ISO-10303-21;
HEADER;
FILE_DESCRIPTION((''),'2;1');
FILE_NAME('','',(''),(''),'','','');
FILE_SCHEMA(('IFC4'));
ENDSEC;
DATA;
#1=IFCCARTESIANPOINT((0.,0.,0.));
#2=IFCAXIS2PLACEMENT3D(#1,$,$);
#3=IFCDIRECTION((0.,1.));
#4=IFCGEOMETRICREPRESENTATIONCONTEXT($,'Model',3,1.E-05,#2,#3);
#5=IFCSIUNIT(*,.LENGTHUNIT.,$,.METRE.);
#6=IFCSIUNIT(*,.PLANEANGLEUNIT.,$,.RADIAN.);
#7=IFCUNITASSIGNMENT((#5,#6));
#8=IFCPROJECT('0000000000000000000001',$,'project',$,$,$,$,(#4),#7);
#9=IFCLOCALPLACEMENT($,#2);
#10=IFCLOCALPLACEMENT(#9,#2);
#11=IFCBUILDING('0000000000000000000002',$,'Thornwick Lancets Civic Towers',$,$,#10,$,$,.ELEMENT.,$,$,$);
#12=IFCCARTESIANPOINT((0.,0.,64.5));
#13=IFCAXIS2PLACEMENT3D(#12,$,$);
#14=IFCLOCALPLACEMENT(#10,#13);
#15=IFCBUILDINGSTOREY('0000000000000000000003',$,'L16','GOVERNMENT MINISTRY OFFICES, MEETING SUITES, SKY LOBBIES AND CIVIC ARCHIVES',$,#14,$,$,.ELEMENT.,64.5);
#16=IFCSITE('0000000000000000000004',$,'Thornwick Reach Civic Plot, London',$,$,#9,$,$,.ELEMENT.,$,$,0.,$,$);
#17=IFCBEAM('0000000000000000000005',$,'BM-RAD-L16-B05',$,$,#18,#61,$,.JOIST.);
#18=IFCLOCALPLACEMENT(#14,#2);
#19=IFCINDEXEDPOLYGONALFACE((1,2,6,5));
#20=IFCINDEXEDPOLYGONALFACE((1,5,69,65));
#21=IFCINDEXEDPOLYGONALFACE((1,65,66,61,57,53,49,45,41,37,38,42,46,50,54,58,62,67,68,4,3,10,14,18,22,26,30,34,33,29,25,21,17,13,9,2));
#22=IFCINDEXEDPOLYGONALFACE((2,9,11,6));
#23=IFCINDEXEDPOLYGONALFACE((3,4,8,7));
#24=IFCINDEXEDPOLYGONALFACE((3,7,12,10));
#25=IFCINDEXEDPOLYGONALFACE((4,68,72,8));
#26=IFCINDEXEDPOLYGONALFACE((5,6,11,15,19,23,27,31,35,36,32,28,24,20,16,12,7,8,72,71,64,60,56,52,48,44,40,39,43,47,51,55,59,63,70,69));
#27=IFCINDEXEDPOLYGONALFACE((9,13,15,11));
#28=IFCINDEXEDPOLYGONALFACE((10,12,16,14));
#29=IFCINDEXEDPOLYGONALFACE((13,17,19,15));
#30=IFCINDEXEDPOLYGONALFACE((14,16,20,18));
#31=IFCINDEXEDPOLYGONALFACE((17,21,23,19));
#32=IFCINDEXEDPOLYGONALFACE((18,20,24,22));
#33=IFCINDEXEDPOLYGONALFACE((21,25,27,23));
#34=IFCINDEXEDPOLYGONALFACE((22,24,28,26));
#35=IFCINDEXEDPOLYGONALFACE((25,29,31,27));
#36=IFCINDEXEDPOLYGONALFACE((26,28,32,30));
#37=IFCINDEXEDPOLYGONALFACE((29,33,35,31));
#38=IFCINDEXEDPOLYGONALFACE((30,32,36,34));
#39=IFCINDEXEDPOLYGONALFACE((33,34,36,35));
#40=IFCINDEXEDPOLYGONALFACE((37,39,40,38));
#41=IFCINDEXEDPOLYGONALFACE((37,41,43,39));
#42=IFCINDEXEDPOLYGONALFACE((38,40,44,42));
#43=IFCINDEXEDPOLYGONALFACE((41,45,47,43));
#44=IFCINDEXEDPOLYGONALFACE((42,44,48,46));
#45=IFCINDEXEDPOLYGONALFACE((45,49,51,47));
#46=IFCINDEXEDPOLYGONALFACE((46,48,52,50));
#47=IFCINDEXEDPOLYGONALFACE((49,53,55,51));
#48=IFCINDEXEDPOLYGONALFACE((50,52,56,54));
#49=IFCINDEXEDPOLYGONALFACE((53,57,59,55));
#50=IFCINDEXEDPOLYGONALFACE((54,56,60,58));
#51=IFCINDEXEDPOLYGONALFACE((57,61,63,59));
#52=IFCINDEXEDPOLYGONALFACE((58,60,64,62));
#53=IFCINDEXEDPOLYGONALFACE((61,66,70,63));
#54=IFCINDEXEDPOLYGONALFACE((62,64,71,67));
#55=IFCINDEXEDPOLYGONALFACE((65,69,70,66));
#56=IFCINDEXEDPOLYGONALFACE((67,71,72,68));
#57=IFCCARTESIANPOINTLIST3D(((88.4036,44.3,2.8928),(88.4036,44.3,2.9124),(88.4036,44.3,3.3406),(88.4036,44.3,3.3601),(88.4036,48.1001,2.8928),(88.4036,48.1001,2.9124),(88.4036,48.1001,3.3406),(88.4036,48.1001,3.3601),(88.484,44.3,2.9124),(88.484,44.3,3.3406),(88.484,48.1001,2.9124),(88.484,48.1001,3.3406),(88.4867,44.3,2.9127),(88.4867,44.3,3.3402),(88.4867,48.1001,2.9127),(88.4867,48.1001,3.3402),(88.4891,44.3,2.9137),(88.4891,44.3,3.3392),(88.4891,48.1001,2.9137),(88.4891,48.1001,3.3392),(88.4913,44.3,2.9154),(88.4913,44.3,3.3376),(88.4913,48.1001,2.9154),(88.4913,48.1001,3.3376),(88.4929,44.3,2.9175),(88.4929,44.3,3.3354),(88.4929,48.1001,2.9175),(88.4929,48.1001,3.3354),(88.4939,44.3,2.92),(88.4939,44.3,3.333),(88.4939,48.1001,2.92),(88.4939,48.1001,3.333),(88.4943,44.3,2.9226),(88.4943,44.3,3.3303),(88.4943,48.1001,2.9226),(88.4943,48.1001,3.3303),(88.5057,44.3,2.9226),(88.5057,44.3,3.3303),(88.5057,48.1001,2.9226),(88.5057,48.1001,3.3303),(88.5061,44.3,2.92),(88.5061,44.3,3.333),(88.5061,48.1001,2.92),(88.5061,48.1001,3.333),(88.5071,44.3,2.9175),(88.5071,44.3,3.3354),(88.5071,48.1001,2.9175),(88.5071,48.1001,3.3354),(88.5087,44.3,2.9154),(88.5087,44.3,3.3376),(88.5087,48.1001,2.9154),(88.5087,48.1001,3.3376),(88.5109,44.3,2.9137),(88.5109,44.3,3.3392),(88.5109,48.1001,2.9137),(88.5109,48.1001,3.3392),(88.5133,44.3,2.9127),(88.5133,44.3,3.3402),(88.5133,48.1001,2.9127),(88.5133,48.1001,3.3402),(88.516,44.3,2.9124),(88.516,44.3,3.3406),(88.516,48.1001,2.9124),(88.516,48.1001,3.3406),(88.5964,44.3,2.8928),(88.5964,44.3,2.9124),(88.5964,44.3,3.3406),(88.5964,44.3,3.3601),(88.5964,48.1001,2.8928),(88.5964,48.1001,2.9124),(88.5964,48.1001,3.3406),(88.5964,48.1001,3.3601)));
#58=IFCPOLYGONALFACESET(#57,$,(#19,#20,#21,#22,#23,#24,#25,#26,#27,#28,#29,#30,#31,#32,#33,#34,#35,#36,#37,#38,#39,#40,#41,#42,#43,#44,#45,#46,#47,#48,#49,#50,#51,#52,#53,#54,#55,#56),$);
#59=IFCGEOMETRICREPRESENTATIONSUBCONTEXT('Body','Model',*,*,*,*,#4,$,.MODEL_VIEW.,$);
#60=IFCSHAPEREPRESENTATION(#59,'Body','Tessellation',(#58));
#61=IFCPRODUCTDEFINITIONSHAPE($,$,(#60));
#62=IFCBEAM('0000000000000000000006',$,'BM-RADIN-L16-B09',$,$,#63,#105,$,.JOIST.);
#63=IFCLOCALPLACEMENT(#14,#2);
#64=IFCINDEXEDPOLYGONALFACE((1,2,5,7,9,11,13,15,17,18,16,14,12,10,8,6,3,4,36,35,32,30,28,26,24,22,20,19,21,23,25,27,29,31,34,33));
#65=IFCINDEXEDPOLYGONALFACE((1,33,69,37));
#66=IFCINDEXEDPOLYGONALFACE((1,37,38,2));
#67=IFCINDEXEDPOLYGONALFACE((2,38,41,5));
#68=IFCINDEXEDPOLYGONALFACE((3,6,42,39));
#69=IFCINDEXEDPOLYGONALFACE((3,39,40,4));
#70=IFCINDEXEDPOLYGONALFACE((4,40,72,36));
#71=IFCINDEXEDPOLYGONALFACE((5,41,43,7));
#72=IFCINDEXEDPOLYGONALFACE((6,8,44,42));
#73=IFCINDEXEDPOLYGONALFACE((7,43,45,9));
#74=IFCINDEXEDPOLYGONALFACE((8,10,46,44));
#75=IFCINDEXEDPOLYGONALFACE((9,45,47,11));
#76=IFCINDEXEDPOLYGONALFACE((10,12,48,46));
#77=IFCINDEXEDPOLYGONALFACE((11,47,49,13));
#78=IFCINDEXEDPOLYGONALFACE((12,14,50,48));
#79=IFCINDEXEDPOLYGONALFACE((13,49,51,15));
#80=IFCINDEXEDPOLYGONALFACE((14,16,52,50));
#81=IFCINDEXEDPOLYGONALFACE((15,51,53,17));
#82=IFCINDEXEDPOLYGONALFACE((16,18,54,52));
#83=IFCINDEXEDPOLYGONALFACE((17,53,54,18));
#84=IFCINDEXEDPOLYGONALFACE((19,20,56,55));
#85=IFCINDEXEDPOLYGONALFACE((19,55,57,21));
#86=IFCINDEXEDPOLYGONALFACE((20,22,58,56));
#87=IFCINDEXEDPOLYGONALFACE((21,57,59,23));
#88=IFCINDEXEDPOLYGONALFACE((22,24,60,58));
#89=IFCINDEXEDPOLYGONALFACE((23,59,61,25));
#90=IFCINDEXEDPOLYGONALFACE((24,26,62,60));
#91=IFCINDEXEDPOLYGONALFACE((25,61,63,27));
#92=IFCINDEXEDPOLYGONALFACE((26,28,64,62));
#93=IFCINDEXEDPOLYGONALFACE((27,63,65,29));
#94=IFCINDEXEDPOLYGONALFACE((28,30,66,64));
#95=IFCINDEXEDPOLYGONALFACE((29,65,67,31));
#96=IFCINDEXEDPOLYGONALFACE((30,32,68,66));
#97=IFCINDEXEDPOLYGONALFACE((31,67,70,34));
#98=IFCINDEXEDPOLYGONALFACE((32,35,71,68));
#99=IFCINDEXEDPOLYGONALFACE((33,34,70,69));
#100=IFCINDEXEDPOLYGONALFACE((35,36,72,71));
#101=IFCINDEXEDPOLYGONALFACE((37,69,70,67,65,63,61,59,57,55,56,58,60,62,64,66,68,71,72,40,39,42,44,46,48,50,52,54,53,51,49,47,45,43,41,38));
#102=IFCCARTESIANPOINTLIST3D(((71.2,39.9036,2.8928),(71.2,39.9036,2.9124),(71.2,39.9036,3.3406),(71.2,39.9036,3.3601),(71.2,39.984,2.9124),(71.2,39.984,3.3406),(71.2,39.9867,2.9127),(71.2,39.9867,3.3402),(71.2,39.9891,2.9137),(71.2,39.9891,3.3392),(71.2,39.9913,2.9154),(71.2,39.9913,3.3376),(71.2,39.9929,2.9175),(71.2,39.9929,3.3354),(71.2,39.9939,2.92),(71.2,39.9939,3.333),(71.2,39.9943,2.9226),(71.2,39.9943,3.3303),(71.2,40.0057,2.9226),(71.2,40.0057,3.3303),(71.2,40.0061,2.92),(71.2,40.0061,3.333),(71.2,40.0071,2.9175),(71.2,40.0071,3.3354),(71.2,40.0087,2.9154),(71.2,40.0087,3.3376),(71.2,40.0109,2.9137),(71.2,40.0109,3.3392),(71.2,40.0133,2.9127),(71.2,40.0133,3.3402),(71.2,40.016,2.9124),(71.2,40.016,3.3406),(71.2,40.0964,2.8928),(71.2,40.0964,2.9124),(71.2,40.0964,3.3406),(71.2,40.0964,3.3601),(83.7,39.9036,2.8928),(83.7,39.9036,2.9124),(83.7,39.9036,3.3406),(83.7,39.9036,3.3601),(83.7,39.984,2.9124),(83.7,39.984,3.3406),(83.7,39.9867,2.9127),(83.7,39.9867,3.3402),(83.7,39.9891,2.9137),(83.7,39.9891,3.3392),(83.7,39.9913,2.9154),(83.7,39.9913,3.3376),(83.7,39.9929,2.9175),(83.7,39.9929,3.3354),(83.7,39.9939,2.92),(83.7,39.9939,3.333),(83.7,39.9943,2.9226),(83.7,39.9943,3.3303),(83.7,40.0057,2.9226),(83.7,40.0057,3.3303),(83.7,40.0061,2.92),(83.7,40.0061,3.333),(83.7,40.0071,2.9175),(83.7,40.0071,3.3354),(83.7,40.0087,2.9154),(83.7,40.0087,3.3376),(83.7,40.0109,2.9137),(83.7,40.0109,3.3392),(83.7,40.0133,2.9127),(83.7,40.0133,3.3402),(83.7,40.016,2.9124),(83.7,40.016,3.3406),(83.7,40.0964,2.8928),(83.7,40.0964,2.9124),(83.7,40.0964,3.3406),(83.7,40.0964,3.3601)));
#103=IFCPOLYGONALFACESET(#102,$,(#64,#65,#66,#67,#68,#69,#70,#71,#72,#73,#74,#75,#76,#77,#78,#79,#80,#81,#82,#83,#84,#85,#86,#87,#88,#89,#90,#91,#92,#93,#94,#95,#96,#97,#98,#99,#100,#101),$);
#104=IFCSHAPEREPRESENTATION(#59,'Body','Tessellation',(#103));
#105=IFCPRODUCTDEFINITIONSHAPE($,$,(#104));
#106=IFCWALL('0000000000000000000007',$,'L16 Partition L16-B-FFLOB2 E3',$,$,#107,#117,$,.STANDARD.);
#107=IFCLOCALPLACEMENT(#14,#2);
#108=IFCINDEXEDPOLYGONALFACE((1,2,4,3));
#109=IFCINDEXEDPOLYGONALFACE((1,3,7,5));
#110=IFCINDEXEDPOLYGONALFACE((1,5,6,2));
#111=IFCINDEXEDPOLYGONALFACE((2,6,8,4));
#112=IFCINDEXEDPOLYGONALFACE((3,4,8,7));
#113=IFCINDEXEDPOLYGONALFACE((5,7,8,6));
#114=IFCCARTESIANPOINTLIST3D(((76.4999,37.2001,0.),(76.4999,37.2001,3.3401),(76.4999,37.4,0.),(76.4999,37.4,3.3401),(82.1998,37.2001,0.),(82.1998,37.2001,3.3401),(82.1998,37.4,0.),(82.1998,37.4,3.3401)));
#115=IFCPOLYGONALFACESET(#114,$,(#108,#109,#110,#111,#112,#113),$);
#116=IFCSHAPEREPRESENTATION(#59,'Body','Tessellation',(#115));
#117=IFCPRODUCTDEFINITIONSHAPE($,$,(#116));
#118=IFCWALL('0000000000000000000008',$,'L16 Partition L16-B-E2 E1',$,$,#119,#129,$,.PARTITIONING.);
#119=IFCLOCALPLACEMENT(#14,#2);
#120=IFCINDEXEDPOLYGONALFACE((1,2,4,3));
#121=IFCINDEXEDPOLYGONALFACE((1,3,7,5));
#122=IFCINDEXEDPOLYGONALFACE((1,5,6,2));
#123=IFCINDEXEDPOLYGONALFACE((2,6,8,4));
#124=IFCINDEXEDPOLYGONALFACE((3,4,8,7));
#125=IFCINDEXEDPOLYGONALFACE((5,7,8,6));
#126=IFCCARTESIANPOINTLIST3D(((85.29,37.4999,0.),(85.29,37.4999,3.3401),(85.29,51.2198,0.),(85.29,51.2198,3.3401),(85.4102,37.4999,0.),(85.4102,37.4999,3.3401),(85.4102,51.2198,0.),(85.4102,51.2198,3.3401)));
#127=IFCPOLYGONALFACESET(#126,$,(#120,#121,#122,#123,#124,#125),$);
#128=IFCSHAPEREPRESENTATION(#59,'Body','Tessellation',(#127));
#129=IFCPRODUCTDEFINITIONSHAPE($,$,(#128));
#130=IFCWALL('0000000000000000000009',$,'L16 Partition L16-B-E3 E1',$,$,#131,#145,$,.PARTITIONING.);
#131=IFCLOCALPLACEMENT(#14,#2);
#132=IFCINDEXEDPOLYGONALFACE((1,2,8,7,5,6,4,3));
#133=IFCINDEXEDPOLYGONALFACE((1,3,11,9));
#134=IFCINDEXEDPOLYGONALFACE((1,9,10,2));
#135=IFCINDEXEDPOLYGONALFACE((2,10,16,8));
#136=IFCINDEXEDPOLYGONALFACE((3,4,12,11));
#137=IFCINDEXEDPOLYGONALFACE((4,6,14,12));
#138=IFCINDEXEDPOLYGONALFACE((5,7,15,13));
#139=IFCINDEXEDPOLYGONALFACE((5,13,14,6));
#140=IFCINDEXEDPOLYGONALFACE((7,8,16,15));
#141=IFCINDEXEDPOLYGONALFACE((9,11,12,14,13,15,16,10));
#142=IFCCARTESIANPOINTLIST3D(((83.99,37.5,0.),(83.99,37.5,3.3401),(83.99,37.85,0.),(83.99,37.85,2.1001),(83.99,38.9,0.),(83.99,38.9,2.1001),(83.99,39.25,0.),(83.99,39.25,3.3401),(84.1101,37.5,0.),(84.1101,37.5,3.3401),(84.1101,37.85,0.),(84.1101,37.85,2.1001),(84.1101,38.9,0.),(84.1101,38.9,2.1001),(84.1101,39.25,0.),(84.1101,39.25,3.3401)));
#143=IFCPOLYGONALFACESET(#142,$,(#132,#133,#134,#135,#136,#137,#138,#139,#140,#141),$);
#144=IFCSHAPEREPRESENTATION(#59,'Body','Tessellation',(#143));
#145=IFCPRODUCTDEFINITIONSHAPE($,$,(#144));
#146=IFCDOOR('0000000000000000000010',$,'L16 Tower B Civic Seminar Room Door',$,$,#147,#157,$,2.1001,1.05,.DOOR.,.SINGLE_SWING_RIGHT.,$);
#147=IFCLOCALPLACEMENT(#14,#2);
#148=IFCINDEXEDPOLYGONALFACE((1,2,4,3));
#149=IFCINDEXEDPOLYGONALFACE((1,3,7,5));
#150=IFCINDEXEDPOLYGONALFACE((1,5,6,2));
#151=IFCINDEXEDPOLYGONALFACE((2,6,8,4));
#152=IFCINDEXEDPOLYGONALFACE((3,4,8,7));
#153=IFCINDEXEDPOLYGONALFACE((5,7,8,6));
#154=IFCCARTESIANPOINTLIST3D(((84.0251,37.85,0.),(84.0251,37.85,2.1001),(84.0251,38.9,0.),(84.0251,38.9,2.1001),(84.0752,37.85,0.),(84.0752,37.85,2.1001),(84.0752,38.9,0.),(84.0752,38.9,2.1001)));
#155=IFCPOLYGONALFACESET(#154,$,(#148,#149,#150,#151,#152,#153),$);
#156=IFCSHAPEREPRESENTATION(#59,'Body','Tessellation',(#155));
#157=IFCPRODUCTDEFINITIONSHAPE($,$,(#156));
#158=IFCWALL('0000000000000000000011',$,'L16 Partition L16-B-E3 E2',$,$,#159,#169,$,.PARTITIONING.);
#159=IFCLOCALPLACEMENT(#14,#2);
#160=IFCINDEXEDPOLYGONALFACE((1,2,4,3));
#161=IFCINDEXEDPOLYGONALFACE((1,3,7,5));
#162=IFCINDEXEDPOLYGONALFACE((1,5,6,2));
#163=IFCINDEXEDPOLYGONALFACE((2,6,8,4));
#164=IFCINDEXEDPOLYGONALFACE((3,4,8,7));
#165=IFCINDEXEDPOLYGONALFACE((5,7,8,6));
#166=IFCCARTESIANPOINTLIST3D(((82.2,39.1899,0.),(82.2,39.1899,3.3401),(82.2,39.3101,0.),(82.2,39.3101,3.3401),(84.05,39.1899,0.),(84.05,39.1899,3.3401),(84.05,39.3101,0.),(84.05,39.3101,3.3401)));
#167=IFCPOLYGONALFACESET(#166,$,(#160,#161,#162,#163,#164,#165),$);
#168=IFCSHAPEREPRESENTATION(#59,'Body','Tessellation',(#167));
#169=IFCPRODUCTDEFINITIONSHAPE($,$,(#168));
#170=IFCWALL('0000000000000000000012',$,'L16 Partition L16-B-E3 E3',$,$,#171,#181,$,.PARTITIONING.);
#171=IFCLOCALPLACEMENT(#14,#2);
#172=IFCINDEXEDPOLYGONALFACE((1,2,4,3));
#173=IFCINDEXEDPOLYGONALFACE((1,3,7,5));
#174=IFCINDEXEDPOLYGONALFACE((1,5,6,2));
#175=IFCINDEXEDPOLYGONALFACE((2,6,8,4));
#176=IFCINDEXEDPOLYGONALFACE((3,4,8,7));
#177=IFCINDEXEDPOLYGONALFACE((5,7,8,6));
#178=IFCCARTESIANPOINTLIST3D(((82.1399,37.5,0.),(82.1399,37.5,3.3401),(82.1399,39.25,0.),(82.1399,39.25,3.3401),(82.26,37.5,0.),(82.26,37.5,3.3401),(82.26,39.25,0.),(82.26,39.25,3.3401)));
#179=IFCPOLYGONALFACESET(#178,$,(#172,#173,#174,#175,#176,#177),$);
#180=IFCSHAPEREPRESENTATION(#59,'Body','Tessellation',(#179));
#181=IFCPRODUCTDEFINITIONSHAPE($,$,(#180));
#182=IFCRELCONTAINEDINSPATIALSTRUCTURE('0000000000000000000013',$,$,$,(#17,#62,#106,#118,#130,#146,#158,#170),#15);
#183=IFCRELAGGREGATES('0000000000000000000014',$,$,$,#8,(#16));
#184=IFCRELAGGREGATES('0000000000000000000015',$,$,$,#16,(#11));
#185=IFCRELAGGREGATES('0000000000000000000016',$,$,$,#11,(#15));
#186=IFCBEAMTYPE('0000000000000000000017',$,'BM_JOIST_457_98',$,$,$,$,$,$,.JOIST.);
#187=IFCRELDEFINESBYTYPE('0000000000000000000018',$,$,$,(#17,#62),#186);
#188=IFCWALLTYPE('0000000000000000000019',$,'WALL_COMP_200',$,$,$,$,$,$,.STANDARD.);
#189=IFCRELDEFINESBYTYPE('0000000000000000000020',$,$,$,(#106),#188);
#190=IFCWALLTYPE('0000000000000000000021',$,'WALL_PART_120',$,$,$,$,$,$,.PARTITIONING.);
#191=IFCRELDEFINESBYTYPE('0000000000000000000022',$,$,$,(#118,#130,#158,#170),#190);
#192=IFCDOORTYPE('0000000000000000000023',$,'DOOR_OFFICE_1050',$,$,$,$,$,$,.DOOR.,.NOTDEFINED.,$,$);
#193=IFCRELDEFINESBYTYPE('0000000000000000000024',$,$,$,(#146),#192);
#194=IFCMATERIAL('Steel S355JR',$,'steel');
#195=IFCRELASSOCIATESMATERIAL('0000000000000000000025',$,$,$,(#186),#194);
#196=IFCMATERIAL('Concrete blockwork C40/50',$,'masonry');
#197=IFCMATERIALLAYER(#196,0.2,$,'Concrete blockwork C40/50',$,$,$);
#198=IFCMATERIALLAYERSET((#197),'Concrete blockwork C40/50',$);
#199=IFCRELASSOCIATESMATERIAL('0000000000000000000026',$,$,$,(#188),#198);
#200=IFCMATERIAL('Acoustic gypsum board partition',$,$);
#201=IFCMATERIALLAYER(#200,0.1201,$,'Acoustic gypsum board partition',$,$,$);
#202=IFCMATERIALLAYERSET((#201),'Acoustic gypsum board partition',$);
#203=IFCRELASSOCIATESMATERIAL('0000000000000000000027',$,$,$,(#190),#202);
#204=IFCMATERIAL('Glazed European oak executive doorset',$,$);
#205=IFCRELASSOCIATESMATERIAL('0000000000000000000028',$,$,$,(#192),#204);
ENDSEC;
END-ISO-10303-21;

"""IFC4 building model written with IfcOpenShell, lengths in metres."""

from ifc_helpers import new_model, si_unit, direction, frame, frame_2d, origin, origin_2d, place, context, subcontext, project, spatial, rectangle, i_section, extrude, material, layer, layer_set, material_profile, profile_set, type_object, element, fill, save


model = new_model("IFC4")

# Units and contexts
model_context = context("Model", 3, precision=1e-05, world=origin(), true_north=direction((0.0, 1.0)))
body_context = subcontext(model_context, "Body", "Model", "MODEL_VIEW")
ifc_project = project(units=[si_unit("LENGTHUNIT", "METRE"), si_unit("PLANEANGLEUNIT", "RADIAN")], contexts=[model_context])

# Site, building, storey
site_placement = place(None, origin())
site = spatial("IfcSite", under=ifc_project, at=site_placement, Name="Thornwick Reach Civic Plot, London", CompositionType="ELEMENT", RefElevation=0.0)
building_placement = place(site_placement, origin())
building = spatial("IfcBuilding", under=site, at=building_placement, Name="Thornwick Lancets Civic Towers", CompositionType="ELEMENT")
storey_placement = place(building_placement, frame((0.0, 0.0, 64.5)))
storey = spatial("IfcBuildingStorey", under=building, at=storey_placement, Name="L16", Description="GOVERNMENT MINISTRY OFFICES, MEETING SUITES, SKY LOBBIES AND CIVIC ARCHIVES", CompositionType="ELEMENT", Elevation=64.5)

# Beams
ifc_material_1 = material(Name="Steel S355JR", Category="steel")
ifc_material_profile_1 = material_profile(ifc_material_1, i_section(OverallWidth=0.1929, OverallDepth=0.4673, WebThickness=0.0115, FlangeThickness=0.0195, FilletRadius=0.0103, at=origin_2d()), Name="UKB 457x191x98")
ifc_profile_set_1 = profile_set([ifc_material_profile_1], Name="Steel S355JR")
beam_type_1 = type_object("IfcBeamType", Name="BM_JOIST_457_98", PredefinedType="JOIST", material=ifc_profile_set_1)
beam_1_placement = place(storey_placement, frame((88.5, 44.3, 3.1265), z_axis=(0.0, 1.0, 0.0), x_axis=(-1.0, 0.0, 0.0)))
element("IfcBeam", 1, at=beam_1_placement, inside=storey, type_object=beam_type_1, Name="BM-RAD-L16-B05", PredefinedType="JOIST", context=body_context, shape_type="SweptSolid", body=[
    extrude(i_section(OverallWidth=0.1929, OverallDepth=0.4673, WebThickness=0.0115, FlangeThickness=0.0195, FilletRadius=0.0103, at=origin_2d()), origin(), (0.0, 0.0, 1.0), 3.8),
])
beam_2_placement = place(storey_placement, frame((83.7, 40.0, 3.1265), z_axis=(-1.0, 0.0, 0.0), x_axis=(0.0, -1.0, 0.0)))
element("IfcBeam", 2, at=beam_2_placement, inside=storey, type_object=beam_type_1, Name="BM-RADIN-L16-B09", PredefinedType="JOIST", context=body_context, shape_type="SweptSolid", body=[
    extrude(i_section(OverallWidth=0.1929, OverallDepth=0.4673, WebThickness=0.0115, FlangeThickness=0.0195, FilletRadius=0.0103, at=origin_2d()), origin(), (0.0, 0.0, 1.0), 12.5),
])

# Walls
ifc_material_2 = material(Name="Concrete blockwork C40/50", Category="masonry")
ifc_layer_1 = layer(ifc_material_2, 0.2, Name="Concrete blockwork C40/50")
ifc_layer_set_1 = layer_set([ifc_layer_1], Name="Concrete blockwork C40/50")
wall_type_1 = type_object("IfcWallType", Name="WALL_COMP_200", PredefinedType="STANDARD", material=ifc_layer_set_1)
wall_1_placement = place(storey_placement, frame((82.2, 37.3, 0.0), z_axis=(0.0, 0.0, 1.0), x_axis=(-1.0, 0.0, 0.0)))
element("IfcWall", 3, at=wall_1_placement, inside=storey, type_object=wall_type_1, Name="L16 Partition L16-B-FFLOB2 E3", PredefinedType="STANDARD", context=body_context, shape_type="SweptSolid", body=[
    extrude(rectangle(XDim=5.7, YDim=0.2, at=frame_2d((2.8501, 0.0))), origin(), (0.0, 0.0, 1.0), 3.3401),
])
ifc_material_3 = material(Name="Acoustic gypsum board partition")
ifc_layer_2 = layer(ifc_material_3, 0.1201, Name="Acoustic gypsum board partition")
ifc_layer_set_2 = layer_set([ifc_layer_2], Name="Acoustic gypsum board partition")
wall_type_2 = type_object("IfcWallType", Name="WALL_PART_120", PredefinedType="PARTITIONING", material=ifc_layer_set_2)
wall_2_placement = place(storey_placement, frame((85.3501, 37.5, 0.0), z_axis=(0.0, 0.0, 1.0), x_axis=(0.0, 1.0, 0.0)))
element("IfcWall", 4, at=wall_2_placement, inside=storey, type_object=wall_type_2, Name="L16 Partition L16-B-E2 E1", PredefinedType="PARTITIONING", context=body_context, shape_type="SweptSolid", body=[
    extrude(rectangle(XDim=13.72, YDim=0.1201, at=frame_2d((6.8599, 0.0))), origin(), (0.0, 0.0, 1.0), 3.3401),
])

# Wall, opening, door
wall_3_placement = place(storey_placement, frame((84.05, 37.5, 0.0), z_axis=(0.0, 0.0, 1.0), x_axis=(0.0, 1.0, 0.0)))
wall_3 = element("IfcWall", 5, at=wall_3_placement, inside=storey, type_object=wall_type_2, Name="L16 Partition L16-B-E3 E1", PredefinedType="PARTITIONING", context=body_context, shape_type="SweptSolid", body=[
    extrude(rectangle(XDim=1.75, YDim=0.1201, at=frame_2d((0.875, 0.0))), origin(), (0.0, 0.0, 1.0), 3.3401),
])
opening_1_placement = place(wall_3_placement, frame((0.3501, 0.0, 0.0)))
opening_1 = element("IfcOpeningElement", 6, at=opening_1_placement, cuts=wall_3, PredefinedType="OPENING", context=body_context, shape_type="SweptSolid", body=[
    extrude(rectangle(XDim=1.05, YDim=2.1001, at=frame_2d((0.5249, 1.05))), frame((0.0, 0.0701, 0.0), z_axis=(0.0, -1.0, 0.0), x_axis=(1.0, 0.0, 0.0)), (0.0, 0.0, 1.0), 0.1401),
])
ifc_material_4 = material(Name="Glazed European oak executive doorset")
door_type_1 = type_object("IfcDoorType", Name="DOOR_OFFICE_1050", OperationType="NOTDEFINED", PredefinedType="DOOR", material=ifc_material_4)
door_1_placement = place(opening_1_placement, origin())
door_1 = element("IfcDoor", 7, at=door_1_placement, inside=storey, type_object=door_type_1, Name="L16 Tower B Civic Seminar Room Door", OperationType="SINGLE_SWING_RIGHT", OverallHeight=2.1001, OverallWidth=1.05, PredefinedType="DOOR", context=body_context, shape_type="SweptSolid", body=[
    extrude(rectangle(XDim=1.05, YDim=2.1001, at=frame_2d((0.5249, 1.05))), frame((0.0, 0.0249, 0.0), z_axis=(0.0, -1.0, 0.0), x_axis=(1.0, 0.0, 0.0)), (0.0, 0.0, 1.0), 0.05),
])
fill(opening_1, door_1)

# Walls
wall_4_placement = place(storey_placement, frame((84.05, 39.25, 0.0), z_axis=(0.0, 0.0, 1.0), x_axis=(-1.0, 0.0, 0.0)))
element("IfcWall", 8, at=wall_4_placement, inside=storey, type_object=wall_type_2, Name="L16 Partition L16-B-E3 E2", PredefinedType="PARTITIONING", context=body_context, shape_type="SweptSolid", body=[
    extrude(rectangle(XDim=1.8501, YDim=0.1201, at=frame_2d((0.925, 0.0))), origin(), (0.0, 0.0, 1.0), 3.3401),
])
wall_5_placement = place(storey_placement, frame((82.2, 39.25, 0.0), z_axis=(0.0, 0.0, 1.0), x_axis=(0.0, -1.0, 0.0)))
element("IfcWall", 9, at=wall_5_placement, inside=storey, type_object=wall_type_2, Name="L16 Partition L16-B-E3 E3", PredefinedType="PARTITIONING", context=body_context, shape_type="SweptSolid", body=[
    extrude(rectangle(XDim=1.75, YDim=0.1201, at=frame_2d((0.875, 0.0))), origin(), (0.0, 0.0, 1.0), 3.3401),
])

save(model, "model.ifc")
